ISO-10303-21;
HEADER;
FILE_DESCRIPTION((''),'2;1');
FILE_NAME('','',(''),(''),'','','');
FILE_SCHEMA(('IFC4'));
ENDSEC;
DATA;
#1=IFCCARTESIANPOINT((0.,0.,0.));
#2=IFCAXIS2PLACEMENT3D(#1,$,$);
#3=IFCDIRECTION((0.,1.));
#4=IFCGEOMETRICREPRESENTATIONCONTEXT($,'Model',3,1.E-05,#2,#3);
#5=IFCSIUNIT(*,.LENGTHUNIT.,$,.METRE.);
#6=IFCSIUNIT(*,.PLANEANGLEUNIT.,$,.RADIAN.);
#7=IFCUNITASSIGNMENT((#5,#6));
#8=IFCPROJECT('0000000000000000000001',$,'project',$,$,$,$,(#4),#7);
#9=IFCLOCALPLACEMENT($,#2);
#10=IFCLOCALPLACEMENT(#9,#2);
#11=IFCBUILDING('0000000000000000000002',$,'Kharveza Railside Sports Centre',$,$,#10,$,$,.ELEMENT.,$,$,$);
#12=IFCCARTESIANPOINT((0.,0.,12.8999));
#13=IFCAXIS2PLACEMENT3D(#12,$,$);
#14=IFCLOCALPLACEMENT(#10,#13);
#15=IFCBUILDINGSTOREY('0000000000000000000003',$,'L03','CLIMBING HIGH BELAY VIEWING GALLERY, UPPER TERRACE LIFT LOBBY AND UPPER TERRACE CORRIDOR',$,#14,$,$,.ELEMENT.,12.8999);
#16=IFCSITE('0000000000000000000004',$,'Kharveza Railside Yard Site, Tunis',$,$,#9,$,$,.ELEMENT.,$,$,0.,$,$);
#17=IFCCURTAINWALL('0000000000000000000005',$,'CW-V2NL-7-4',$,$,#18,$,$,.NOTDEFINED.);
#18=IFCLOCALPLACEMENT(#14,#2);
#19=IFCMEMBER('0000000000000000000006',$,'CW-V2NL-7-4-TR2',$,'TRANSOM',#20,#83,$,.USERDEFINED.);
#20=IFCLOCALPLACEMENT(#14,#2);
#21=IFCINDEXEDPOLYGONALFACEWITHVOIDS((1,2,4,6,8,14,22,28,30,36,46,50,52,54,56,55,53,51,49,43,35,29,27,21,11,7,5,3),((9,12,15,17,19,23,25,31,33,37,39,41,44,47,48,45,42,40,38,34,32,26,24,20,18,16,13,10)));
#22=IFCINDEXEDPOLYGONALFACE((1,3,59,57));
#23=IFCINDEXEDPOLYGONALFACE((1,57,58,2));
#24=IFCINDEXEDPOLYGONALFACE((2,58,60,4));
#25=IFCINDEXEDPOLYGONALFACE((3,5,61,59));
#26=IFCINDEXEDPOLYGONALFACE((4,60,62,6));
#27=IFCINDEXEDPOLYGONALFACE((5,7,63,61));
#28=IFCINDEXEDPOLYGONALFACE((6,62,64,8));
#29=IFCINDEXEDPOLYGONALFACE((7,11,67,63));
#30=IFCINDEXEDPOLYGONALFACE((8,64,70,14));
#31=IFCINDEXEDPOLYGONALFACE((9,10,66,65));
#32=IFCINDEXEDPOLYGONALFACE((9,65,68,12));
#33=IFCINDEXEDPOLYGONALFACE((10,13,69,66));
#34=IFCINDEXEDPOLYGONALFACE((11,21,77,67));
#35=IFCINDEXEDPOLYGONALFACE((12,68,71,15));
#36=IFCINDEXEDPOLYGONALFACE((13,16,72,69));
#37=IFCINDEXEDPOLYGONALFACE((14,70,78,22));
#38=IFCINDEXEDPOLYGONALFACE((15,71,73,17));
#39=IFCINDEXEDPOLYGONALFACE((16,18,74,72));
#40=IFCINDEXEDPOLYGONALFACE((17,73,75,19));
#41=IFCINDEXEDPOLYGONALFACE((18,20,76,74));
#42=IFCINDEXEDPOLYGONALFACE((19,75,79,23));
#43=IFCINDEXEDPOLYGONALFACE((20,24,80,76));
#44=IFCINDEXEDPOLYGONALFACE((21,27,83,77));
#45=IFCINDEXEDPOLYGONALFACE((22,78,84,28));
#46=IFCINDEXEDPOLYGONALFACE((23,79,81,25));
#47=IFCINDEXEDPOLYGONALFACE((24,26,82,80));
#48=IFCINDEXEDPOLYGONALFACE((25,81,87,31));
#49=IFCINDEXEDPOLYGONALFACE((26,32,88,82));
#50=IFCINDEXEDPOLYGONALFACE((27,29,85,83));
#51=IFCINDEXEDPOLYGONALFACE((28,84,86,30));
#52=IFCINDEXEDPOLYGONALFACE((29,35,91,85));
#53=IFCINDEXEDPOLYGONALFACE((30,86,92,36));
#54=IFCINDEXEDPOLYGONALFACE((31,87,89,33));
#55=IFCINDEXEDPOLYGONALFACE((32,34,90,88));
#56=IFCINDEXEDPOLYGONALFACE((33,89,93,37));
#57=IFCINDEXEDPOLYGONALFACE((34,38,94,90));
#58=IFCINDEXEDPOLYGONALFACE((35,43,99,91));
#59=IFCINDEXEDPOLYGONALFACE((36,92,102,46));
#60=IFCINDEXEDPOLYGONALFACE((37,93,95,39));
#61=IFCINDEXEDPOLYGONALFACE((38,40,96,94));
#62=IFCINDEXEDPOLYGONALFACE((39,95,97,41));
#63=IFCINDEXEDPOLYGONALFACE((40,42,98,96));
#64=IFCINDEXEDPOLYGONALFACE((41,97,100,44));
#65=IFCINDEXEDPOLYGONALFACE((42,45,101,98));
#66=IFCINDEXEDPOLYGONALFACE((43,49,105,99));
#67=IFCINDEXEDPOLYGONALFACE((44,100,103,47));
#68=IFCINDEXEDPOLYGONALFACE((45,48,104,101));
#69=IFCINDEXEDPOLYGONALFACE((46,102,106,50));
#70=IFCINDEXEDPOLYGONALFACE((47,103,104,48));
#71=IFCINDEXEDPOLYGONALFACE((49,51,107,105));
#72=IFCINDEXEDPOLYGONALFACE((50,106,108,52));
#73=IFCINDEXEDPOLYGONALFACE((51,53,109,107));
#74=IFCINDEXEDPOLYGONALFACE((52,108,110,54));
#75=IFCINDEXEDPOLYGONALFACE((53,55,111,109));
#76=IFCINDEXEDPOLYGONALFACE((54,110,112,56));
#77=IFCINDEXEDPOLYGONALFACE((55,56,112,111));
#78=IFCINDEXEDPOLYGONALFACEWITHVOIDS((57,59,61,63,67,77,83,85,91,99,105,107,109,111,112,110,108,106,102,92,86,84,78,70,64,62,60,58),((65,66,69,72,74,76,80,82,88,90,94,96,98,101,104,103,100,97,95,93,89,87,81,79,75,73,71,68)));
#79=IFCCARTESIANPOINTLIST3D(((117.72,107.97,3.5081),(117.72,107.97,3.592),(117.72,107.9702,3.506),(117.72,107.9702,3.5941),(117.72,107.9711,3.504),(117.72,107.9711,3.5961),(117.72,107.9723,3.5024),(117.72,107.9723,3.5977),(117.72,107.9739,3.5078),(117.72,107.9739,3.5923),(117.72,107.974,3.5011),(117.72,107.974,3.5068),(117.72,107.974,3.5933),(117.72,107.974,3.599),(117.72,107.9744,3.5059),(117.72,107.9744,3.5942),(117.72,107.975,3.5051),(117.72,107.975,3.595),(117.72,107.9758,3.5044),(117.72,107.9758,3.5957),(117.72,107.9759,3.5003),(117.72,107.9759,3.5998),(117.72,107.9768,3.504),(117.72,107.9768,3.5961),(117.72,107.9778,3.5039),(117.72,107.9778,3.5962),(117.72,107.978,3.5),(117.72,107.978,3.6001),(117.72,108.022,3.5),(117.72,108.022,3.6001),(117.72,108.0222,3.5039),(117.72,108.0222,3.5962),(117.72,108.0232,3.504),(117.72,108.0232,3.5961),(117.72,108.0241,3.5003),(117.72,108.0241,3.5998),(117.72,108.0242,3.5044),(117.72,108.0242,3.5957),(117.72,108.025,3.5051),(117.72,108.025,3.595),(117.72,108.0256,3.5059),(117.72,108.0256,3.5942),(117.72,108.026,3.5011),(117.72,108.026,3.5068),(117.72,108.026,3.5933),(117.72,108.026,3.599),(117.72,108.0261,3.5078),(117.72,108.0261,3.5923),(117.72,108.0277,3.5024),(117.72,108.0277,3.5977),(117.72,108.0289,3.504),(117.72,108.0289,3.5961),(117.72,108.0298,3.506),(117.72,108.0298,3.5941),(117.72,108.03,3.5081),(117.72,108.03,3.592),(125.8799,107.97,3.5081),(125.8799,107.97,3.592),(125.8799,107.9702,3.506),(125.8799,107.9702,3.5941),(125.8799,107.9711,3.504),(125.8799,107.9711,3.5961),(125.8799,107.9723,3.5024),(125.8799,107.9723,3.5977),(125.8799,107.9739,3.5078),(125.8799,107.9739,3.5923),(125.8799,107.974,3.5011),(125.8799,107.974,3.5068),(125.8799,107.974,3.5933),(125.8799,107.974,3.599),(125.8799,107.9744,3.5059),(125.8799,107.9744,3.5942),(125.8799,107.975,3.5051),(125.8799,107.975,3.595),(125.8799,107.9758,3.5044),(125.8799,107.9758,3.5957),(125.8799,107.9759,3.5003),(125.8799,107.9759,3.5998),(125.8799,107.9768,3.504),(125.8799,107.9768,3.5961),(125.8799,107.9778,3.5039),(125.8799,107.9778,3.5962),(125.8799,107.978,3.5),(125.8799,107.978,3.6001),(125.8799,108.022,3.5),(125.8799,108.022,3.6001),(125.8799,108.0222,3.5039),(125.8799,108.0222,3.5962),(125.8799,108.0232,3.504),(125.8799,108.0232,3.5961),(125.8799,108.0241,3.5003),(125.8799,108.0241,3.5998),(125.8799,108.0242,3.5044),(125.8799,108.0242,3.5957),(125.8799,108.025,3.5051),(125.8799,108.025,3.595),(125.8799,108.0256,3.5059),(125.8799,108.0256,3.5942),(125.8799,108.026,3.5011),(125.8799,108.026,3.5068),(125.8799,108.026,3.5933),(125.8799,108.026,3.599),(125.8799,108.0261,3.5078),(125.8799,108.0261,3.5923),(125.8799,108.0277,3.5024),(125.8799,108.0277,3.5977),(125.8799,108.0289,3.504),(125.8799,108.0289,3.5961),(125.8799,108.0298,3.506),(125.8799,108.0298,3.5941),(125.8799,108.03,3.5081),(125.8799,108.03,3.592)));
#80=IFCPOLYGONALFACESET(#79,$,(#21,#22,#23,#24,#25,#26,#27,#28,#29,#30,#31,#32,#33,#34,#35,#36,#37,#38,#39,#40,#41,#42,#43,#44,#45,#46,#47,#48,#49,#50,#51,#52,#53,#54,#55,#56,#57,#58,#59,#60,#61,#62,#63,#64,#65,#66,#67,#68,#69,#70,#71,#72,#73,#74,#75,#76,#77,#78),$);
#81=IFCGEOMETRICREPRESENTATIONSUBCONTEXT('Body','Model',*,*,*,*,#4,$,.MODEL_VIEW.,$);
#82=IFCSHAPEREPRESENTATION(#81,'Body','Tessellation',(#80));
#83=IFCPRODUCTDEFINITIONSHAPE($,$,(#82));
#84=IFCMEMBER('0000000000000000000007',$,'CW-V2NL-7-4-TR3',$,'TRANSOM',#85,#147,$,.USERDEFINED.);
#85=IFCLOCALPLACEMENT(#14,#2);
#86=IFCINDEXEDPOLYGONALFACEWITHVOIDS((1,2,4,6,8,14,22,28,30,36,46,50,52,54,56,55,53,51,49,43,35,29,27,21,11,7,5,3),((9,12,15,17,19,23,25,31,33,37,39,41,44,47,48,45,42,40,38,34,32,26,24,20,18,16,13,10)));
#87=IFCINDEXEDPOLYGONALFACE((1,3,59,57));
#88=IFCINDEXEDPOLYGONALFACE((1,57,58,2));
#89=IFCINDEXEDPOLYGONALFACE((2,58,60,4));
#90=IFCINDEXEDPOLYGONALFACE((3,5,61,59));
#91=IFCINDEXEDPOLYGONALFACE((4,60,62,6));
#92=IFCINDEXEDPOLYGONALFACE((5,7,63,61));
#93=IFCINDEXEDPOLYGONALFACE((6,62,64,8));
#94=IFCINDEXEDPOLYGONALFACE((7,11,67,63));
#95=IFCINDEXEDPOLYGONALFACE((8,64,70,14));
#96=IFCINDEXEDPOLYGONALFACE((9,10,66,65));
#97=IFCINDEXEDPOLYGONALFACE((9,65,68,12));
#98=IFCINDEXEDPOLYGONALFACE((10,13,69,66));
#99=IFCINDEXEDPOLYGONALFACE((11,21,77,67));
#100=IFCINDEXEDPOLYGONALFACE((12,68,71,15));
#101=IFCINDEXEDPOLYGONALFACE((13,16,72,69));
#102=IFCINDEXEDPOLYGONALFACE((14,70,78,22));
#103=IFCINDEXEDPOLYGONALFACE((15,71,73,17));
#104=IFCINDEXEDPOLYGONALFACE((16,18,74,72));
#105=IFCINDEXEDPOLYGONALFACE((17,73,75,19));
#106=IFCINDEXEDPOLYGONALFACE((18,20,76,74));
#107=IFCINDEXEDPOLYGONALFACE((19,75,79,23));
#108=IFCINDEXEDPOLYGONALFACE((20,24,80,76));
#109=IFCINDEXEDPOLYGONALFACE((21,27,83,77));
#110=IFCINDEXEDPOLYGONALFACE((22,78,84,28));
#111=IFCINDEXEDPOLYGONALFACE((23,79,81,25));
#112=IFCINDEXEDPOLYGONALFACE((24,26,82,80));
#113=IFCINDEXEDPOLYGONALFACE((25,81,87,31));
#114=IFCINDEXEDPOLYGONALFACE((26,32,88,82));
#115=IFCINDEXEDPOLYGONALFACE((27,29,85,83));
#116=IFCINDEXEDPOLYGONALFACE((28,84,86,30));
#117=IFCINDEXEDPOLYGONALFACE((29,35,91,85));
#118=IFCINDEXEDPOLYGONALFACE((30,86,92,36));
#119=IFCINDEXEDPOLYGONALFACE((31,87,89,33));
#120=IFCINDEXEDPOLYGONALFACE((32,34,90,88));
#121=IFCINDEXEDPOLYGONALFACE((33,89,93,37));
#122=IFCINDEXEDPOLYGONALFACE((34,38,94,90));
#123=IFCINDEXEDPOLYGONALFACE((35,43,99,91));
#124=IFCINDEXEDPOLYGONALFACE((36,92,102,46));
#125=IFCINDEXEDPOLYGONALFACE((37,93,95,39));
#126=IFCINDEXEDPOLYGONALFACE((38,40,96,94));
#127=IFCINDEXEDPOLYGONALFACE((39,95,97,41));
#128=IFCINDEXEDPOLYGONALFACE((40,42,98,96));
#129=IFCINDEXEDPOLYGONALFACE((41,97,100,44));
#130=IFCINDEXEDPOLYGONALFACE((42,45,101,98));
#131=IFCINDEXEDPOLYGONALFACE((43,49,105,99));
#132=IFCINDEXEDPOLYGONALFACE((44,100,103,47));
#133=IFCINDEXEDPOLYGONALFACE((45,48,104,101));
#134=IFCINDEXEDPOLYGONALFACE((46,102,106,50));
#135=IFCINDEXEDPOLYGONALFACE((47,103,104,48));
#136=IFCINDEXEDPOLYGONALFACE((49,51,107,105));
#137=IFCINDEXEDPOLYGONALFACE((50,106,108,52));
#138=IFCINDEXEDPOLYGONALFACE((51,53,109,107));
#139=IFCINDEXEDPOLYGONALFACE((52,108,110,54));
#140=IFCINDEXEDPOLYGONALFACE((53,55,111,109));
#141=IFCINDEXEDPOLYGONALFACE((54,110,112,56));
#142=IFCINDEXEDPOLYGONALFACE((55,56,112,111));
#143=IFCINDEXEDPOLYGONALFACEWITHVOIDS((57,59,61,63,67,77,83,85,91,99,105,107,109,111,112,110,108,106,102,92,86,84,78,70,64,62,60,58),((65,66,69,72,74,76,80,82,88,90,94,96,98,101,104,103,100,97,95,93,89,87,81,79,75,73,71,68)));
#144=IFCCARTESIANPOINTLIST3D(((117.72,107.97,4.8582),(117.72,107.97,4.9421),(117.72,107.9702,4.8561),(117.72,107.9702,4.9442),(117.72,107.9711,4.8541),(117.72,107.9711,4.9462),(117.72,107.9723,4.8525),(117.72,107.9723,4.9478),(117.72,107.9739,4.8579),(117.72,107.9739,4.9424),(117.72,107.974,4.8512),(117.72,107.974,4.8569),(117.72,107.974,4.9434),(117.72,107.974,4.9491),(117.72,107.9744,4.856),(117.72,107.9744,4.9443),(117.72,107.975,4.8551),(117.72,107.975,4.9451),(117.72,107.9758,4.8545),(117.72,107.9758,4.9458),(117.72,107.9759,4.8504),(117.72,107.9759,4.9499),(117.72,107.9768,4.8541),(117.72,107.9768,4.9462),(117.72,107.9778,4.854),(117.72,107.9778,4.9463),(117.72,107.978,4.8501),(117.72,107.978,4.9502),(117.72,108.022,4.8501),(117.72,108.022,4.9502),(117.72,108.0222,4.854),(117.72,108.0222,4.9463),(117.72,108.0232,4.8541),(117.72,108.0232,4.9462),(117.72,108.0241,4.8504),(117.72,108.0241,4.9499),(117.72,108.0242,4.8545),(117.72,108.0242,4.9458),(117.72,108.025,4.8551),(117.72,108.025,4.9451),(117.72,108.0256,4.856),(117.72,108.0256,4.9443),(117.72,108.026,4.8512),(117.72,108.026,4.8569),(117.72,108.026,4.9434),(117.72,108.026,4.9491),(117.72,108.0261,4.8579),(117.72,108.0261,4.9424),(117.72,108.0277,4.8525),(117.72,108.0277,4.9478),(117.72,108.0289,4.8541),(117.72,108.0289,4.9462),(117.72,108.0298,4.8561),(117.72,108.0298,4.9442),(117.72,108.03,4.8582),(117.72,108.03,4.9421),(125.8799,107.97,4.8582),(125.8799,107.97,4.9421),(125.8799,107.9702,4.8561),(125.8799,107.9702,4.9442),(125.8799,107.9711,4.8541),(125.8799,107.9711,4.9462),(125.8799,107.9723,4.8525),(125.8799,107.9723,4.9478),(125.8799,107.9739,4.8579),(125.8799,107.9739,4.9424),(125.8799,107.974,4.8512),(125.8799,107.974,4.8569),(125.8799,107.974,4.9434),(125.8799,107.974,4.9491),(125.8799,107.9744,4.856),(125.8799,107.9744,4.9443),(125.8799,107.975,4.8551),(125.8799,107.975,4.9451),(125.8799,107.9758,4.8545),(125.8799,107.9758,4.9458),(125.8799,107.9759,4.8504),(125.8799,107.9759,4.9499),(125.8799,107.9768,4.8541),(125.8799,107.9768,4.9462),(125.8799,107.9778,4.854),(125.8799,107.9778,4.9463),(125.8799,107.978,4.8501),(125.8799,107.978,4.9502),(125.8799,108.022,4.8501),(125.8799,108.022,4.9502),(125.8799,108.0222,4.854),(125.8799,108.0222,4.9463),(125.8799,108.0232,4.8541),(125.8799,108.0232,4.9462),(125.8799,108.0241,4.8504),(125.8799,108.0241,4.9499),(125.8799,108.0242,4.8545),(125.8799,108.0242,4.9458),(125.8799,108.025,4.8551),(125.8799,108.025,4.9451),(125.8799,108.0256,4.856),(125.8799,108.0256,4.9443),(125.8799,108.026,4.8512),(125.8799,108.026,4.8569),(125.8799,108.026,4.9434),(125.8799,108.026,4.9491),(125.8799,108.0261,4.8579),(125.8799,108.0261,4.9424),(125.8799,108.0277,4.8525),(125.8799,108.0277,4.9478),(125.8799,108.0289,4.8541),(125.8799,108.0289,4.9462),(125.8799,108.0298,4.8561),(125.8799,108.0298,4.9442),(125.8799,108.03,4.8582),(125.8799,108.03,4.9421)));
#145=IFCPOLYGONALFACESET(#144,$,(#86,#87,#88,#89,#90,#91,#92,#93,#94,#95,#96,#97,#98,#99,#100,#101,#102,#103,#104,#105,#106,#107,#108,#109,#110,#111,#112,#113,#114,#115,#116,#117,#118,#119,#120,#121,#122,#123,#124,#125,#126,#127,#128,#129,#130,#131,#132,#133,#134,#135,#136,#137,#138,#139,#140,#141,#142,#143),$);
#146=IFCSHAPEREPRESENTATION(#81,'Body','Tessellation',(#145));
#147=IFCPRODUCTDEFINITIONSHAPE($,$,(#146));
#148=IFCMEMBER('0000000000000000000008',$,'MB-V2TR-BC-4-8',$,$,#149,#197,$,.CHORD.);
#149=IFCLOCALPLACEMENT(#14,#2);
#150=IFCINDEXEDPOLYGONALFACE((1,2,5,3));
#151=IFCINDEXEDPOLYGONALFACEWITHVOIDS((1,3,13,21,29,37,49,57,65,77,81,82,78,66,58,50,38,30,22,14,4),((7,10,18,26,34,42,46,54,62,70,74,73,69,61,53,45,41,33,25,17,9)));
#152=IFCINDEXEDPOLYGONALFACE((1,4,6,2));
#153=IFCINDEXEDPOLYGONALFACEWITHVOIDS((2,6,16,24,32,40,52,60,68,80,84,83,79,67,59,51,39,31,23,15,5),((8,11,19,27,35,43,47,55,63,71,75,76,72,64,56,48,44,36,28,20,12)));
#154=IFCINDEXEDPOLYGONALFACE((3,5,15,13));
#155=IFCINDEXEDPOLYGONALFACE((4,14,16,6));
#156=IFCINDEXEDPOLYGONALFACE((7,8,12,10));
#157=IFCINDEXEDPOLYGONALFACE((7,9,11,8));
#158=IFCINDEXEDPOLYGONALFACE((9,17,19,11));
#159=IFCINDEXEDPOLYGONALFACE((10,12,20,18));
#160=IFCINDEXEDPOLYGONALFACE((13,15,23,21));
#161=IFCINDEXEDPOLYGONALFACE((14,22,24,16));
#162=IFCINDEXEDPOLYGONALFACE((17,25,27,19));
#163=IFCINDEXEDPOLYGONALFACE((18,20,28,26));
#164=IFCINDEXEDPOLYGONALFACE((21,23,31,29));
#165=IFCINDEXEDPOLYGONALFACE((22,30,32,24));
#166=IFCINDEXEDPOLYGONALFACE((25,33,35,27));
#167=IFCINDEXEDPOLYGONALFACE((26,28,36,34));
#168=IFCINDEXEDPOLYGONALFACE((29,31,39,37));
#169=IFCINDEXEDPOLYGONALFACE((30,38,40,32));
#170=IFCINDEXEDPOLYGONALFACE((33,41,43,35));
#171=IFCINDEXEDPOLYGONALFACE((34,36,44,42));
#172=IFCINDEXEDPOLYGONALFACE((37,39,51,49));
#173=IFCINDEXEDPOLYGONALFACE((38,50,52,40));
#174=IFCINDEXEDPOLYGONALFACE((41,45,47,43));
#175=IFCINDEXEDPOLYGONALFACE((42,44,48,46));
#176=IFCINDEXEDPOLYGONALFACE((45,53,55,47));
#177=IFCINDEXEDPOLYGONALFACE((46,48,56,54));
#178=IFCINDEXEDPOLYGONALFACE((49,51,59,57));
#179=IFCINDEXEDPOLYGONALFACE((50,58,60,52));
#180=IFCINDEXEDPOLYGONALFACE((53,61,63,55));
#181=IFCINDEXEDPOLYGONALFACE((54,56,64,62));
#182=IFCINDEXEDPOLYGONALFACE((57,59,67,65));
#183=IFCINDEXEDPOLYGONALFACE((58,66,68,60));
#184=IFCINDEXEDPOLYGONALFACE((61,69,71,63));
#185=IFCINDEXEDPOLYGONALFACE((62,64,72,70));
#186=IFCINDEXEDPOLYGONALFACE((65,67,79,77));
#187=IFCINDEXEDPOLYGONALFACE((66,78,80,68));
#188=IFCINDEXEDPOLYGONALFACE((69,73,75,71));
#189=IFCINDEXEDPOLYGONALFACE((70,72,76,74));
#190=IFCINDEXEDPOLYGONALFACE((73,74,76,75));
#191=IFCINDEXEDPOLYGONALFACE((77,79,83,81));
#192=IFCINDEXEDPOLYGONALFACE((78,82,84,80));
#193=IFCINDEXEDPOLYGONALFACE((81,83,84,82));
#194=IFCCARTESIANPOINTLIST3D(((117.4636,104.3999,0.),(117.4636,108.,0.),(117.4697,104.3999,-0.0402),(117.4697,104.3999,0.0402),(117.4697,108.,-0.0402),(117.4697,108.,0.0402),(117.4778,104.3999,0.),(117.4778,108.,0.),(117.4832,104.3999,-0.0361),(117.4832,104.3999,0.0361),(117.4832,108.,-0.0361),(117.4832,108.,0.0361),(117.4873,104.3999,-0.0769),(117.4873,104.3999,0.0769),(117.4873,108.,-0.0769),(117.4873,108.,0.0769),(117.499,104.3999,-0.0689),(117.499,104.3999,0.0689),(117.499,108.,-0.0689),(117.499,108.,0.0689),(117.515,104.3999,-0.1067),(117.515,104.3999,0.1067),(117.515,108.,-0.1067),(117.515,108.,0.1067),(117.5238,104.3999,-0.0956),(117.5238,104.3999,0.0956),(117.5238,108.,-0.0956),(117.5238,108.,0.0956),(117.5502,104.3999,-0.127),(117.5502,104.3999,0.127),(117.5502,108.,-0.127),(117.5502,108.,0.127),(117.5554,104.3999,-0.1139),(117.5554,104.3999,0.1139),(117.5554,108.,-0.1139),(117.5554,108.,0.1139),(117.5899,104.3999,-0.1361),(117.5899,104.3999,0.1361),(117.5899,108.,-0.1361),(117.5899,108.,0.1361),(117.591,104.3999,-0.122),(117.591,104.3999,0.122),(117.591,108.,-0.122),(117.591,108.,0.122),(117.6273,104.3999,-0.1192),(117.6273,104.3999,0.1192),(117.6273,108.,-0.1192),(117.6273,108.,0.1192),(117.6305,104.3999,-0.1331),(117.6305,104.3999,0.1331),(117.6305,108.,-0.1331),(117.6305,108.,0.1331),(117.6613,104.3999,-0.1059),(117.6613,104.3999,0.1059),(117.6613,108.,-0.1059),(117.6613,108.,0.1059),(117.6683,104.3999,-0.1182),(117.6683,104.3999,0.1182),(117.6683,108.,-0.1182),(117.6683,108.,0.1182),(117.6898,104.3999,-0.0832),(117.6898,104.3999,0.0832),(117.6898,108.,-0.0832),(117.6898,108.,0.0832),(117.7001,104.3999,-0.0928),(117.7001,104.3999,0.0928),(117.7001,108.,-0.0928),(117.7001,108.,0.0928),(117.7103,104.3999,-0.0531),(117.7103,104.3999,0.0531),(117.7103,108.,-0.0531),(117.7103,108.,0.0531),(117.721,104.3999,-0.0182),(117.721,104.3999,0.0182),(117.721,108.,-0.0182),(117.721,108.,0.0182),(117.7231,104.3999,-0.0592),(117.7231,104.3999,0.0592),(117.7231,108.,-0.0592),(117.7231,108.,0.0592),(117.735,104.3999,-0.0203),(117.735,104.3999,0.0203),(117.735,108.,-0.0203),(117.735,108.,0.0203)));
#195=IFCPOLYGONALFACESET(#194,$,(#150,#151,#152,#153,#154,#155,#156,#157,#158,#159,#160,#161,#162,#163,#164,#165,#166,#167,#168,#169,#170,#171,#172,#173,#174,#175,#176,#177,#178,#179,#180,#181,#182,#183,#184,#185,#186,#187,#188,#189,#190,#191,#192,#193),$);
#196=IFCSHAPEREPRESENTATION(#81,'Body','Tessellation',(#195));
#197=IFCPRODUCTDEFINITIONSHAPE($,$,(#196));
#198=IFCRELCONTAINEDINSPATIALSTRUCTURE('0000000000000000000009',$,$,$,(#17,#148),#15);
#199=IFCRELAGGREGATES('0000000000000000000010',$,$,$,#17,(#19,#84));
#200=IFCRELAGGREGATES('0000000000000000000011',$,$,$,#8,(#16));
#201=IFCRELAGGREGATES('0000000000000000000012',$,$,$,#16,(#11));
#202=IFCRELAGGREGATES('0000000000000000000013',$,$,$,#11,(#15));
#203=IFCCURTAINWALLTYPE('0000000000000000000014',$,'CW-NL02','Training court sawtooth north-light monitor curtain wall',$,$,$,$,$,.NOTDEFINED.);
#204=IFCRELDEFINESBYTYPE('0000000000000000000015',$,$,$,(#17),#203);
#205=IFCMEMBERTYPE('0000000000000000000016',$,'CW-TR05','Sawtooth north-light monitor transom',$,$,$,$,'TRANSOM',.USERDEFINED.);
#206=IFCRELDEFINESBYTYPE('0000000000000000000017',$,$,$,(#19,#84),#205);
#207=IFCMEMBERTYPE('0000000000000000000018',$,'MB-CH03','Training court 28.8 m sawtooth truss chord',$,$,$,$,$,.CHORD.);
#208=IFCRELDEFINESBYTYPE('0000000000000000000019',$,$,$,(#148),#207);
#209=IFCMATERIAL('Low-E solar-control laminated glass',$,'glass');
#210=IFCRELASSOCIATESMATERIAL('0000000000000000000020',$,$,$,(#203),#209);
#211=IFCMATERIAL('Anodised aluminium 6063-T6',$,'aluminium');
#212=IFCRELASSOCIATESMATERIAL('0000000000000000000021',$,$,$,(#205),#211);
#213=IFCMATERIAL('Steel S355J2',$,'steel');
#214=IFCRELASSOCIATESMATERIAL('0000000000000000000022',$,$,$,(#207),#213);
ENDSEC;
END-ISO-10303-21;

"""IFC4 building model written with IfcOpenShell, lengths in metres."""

from ifc_helpers import new_model, si_unit, direction, frame, origin, origin_2d, place, context, subcontext, project, spatial, hollow_rectangle, hollow_circle, extrude, material, material_profile, profile_set, type_object, element, aggregate, save


model = new_model("IFC4")

# Units and contexts
model_context = context("Model", 3, precision=1e-05, world=origin(), true_north=direction((0.0, 1.0)))
body_context = subcontext(model_context, "Body", "Model", "MODEL_VIEW")
ifc_project = project(units=[si_unit("LENGTHUNIT", "METRE"), si_unit("PLANEANGLEUNIT", "RADIAN")], contexts=[model_context])

# Site, building, storey
site_placement = place(None, origin())
site = spatial("IfcSite", under=ifc_project, at=site_placement, Name="Kharveza Railside Yard Site, Tunis", CompositionType="ELEMENT", RefElevation=0.0)
building_placement = place(site_placement, origin())
building = spatial("IfcBuilding", under=site, at=building_placement, Name="Kharveza Railside Sports Centre", CompositionType="ELEMENT")
storey_placement = place(building_placement, frame((0.0, 0.0, 12.8999)))
storey = spatial("IfcBuildingStorey", under=building, at=storey_placement, Name="L03", Description="CLIMBING HIGH BELAY VIEWING GALLERY, UPPER TERRACE LIFT LOBBY AND UPPER TERRACE CORRIDOR", CompositionType="ELEMENT", Elevation=12.8999)

# Shared definitions
ifc_material_1 = material(Name="Steel S355J2", Category="steel")

# Curtain wall
ifc_material_2 = material(Name="Low-E solar-control laminated glass", Category="glass")
curtain_wall_type = type_object("IfcCurtainWallType", Name="CW-NL02", Description="Training court sawtooth north-light monitor curtain wall", PredefinedType="NOTDEFINED", material=ifc_material_2)
ifc_material_3 = material(Name="Anodised aluminium 6063-T6", Category="aluminium")
curtain_wall_1_placement = place(storey_placement, origin())
curtain_wall_1 = element("IfcCurtainWall", 1, at=curtain_wall_1_placement, inside=storey, type_object=curtain_wall_type, Name="CW-V2NL-7-4", PredefinedType="NOTDEFINED")

# Members
ifc_material_profile_1 = material_profile(ifc_material_3, hollow_rectangle(XDim=0.0601, YDim=0.1001, WallThickness=0.0039, InnerFilletRadius=0.0039, OuterFilletRadius=0.0081, at=origin_2d()), Name="RHS 60x100x4.0")
ifc_profile_set_1 = profile_set([ifc_material_profile_1], Name="Anodised aluminium 6063-T6")
member_type_1 = type_object("IfcMemberType", Name="CW-TR05", Description="Sawtooth north-light monitor transom", ElementType="TRANSOM", PredefinedType="USERDEFINED", material=ifc_profile_set_1)
member_1_placement = place(storey_placement, frame((117.72, 108.0, 3.55), z_axis=(1.0, 0.0, 0.0), x_axis=(0.0, 1.0, 0.0)))
member_1 = element("IfcMember", 2, at=member_1_placement, type_object=member_type_1, Name="CW-V2NL-7-4-TR2", ObjectType="TRANSOM", PredefinedType="USERDEFINED", context=body_context, shape_type="SweptSolid", body=[
    extrude(hollow_rectangle(XDim=0.0601, YDim=0.1001, WallThickness=0.0039, InnerFilletRadius=0.0039, OuterFilletRadius=0.0081, at=origin_2d()), origin(), (0.0, 0.0, 1.0), 8.1599),
])
member_2_placement = place(storey_placement, frame((117.72, 108.0, 4.9001), z_axis=(1.0, 0.0, 0.0), x_axis=(0.0, 1.0, 0.0)))
member_2 = element("IfcMember", 3, at=member_2_placement, type_object=member_type_1, Name="CW-V2NL-7-4-TR3", ObjectType="TRANSOM", PredefinedType="USERDEFINED", context=body_context, shape_type="SweptSolid", body=[
    extrude(hollow_rectangle(XDim=0.0601, YDim=0.1001, WallThickness=0.0039, InnerFilletRadius=0.0039, OuterFilletRadius=0.0081, at=origin_2d()), origin(), (0.0, 0.0, 1.0), 8.1599),
])

# Member
ifc_material_profile_2 = material_profile(ifc_material_1, hollow_circle(Radius=0.1365, WallThickness=0.0142, at=origin_2d()), Name="CHS 273.0x14.2")
ifc_profile_set_2 = profile_set([ifc_material_profile_2], Name="Steel S355J2")
member_type_2 = type_object("IfcMemberType", Name="MB-CH03", Description="Training court 28.8 m sawtooth truss chord", PredefinedType="CHORD", material=ifc_profile_set_2)
for number, where, z_axis, x_axis, name in (
    (4, (117.6001, 104.3999, 0.0), (0.0, 1.0, 0.0), (-1.0, 0.0, 0.0), "MB-V2TR-BC-4-8"),
):
    element("IfcMember", number, at=place(storey_placement, frame(where, z_axis=z_axis, x_axis=x_axis)), inside=storey, type_object=member_type_2, Name=name, PredefinedType="CHORD", context=body_context, shape_type="SweptSolid", body=[
        extrude(hollow_circle(Radius=0.1365, WallThickness=0.0142, at=origin_2d()), origin(), (0.0, 0.0, 1.0), 3.6001),
    ])

aggregate(curtain_wall_1, [member_1, member_2])

save(model, "model.ifc")
